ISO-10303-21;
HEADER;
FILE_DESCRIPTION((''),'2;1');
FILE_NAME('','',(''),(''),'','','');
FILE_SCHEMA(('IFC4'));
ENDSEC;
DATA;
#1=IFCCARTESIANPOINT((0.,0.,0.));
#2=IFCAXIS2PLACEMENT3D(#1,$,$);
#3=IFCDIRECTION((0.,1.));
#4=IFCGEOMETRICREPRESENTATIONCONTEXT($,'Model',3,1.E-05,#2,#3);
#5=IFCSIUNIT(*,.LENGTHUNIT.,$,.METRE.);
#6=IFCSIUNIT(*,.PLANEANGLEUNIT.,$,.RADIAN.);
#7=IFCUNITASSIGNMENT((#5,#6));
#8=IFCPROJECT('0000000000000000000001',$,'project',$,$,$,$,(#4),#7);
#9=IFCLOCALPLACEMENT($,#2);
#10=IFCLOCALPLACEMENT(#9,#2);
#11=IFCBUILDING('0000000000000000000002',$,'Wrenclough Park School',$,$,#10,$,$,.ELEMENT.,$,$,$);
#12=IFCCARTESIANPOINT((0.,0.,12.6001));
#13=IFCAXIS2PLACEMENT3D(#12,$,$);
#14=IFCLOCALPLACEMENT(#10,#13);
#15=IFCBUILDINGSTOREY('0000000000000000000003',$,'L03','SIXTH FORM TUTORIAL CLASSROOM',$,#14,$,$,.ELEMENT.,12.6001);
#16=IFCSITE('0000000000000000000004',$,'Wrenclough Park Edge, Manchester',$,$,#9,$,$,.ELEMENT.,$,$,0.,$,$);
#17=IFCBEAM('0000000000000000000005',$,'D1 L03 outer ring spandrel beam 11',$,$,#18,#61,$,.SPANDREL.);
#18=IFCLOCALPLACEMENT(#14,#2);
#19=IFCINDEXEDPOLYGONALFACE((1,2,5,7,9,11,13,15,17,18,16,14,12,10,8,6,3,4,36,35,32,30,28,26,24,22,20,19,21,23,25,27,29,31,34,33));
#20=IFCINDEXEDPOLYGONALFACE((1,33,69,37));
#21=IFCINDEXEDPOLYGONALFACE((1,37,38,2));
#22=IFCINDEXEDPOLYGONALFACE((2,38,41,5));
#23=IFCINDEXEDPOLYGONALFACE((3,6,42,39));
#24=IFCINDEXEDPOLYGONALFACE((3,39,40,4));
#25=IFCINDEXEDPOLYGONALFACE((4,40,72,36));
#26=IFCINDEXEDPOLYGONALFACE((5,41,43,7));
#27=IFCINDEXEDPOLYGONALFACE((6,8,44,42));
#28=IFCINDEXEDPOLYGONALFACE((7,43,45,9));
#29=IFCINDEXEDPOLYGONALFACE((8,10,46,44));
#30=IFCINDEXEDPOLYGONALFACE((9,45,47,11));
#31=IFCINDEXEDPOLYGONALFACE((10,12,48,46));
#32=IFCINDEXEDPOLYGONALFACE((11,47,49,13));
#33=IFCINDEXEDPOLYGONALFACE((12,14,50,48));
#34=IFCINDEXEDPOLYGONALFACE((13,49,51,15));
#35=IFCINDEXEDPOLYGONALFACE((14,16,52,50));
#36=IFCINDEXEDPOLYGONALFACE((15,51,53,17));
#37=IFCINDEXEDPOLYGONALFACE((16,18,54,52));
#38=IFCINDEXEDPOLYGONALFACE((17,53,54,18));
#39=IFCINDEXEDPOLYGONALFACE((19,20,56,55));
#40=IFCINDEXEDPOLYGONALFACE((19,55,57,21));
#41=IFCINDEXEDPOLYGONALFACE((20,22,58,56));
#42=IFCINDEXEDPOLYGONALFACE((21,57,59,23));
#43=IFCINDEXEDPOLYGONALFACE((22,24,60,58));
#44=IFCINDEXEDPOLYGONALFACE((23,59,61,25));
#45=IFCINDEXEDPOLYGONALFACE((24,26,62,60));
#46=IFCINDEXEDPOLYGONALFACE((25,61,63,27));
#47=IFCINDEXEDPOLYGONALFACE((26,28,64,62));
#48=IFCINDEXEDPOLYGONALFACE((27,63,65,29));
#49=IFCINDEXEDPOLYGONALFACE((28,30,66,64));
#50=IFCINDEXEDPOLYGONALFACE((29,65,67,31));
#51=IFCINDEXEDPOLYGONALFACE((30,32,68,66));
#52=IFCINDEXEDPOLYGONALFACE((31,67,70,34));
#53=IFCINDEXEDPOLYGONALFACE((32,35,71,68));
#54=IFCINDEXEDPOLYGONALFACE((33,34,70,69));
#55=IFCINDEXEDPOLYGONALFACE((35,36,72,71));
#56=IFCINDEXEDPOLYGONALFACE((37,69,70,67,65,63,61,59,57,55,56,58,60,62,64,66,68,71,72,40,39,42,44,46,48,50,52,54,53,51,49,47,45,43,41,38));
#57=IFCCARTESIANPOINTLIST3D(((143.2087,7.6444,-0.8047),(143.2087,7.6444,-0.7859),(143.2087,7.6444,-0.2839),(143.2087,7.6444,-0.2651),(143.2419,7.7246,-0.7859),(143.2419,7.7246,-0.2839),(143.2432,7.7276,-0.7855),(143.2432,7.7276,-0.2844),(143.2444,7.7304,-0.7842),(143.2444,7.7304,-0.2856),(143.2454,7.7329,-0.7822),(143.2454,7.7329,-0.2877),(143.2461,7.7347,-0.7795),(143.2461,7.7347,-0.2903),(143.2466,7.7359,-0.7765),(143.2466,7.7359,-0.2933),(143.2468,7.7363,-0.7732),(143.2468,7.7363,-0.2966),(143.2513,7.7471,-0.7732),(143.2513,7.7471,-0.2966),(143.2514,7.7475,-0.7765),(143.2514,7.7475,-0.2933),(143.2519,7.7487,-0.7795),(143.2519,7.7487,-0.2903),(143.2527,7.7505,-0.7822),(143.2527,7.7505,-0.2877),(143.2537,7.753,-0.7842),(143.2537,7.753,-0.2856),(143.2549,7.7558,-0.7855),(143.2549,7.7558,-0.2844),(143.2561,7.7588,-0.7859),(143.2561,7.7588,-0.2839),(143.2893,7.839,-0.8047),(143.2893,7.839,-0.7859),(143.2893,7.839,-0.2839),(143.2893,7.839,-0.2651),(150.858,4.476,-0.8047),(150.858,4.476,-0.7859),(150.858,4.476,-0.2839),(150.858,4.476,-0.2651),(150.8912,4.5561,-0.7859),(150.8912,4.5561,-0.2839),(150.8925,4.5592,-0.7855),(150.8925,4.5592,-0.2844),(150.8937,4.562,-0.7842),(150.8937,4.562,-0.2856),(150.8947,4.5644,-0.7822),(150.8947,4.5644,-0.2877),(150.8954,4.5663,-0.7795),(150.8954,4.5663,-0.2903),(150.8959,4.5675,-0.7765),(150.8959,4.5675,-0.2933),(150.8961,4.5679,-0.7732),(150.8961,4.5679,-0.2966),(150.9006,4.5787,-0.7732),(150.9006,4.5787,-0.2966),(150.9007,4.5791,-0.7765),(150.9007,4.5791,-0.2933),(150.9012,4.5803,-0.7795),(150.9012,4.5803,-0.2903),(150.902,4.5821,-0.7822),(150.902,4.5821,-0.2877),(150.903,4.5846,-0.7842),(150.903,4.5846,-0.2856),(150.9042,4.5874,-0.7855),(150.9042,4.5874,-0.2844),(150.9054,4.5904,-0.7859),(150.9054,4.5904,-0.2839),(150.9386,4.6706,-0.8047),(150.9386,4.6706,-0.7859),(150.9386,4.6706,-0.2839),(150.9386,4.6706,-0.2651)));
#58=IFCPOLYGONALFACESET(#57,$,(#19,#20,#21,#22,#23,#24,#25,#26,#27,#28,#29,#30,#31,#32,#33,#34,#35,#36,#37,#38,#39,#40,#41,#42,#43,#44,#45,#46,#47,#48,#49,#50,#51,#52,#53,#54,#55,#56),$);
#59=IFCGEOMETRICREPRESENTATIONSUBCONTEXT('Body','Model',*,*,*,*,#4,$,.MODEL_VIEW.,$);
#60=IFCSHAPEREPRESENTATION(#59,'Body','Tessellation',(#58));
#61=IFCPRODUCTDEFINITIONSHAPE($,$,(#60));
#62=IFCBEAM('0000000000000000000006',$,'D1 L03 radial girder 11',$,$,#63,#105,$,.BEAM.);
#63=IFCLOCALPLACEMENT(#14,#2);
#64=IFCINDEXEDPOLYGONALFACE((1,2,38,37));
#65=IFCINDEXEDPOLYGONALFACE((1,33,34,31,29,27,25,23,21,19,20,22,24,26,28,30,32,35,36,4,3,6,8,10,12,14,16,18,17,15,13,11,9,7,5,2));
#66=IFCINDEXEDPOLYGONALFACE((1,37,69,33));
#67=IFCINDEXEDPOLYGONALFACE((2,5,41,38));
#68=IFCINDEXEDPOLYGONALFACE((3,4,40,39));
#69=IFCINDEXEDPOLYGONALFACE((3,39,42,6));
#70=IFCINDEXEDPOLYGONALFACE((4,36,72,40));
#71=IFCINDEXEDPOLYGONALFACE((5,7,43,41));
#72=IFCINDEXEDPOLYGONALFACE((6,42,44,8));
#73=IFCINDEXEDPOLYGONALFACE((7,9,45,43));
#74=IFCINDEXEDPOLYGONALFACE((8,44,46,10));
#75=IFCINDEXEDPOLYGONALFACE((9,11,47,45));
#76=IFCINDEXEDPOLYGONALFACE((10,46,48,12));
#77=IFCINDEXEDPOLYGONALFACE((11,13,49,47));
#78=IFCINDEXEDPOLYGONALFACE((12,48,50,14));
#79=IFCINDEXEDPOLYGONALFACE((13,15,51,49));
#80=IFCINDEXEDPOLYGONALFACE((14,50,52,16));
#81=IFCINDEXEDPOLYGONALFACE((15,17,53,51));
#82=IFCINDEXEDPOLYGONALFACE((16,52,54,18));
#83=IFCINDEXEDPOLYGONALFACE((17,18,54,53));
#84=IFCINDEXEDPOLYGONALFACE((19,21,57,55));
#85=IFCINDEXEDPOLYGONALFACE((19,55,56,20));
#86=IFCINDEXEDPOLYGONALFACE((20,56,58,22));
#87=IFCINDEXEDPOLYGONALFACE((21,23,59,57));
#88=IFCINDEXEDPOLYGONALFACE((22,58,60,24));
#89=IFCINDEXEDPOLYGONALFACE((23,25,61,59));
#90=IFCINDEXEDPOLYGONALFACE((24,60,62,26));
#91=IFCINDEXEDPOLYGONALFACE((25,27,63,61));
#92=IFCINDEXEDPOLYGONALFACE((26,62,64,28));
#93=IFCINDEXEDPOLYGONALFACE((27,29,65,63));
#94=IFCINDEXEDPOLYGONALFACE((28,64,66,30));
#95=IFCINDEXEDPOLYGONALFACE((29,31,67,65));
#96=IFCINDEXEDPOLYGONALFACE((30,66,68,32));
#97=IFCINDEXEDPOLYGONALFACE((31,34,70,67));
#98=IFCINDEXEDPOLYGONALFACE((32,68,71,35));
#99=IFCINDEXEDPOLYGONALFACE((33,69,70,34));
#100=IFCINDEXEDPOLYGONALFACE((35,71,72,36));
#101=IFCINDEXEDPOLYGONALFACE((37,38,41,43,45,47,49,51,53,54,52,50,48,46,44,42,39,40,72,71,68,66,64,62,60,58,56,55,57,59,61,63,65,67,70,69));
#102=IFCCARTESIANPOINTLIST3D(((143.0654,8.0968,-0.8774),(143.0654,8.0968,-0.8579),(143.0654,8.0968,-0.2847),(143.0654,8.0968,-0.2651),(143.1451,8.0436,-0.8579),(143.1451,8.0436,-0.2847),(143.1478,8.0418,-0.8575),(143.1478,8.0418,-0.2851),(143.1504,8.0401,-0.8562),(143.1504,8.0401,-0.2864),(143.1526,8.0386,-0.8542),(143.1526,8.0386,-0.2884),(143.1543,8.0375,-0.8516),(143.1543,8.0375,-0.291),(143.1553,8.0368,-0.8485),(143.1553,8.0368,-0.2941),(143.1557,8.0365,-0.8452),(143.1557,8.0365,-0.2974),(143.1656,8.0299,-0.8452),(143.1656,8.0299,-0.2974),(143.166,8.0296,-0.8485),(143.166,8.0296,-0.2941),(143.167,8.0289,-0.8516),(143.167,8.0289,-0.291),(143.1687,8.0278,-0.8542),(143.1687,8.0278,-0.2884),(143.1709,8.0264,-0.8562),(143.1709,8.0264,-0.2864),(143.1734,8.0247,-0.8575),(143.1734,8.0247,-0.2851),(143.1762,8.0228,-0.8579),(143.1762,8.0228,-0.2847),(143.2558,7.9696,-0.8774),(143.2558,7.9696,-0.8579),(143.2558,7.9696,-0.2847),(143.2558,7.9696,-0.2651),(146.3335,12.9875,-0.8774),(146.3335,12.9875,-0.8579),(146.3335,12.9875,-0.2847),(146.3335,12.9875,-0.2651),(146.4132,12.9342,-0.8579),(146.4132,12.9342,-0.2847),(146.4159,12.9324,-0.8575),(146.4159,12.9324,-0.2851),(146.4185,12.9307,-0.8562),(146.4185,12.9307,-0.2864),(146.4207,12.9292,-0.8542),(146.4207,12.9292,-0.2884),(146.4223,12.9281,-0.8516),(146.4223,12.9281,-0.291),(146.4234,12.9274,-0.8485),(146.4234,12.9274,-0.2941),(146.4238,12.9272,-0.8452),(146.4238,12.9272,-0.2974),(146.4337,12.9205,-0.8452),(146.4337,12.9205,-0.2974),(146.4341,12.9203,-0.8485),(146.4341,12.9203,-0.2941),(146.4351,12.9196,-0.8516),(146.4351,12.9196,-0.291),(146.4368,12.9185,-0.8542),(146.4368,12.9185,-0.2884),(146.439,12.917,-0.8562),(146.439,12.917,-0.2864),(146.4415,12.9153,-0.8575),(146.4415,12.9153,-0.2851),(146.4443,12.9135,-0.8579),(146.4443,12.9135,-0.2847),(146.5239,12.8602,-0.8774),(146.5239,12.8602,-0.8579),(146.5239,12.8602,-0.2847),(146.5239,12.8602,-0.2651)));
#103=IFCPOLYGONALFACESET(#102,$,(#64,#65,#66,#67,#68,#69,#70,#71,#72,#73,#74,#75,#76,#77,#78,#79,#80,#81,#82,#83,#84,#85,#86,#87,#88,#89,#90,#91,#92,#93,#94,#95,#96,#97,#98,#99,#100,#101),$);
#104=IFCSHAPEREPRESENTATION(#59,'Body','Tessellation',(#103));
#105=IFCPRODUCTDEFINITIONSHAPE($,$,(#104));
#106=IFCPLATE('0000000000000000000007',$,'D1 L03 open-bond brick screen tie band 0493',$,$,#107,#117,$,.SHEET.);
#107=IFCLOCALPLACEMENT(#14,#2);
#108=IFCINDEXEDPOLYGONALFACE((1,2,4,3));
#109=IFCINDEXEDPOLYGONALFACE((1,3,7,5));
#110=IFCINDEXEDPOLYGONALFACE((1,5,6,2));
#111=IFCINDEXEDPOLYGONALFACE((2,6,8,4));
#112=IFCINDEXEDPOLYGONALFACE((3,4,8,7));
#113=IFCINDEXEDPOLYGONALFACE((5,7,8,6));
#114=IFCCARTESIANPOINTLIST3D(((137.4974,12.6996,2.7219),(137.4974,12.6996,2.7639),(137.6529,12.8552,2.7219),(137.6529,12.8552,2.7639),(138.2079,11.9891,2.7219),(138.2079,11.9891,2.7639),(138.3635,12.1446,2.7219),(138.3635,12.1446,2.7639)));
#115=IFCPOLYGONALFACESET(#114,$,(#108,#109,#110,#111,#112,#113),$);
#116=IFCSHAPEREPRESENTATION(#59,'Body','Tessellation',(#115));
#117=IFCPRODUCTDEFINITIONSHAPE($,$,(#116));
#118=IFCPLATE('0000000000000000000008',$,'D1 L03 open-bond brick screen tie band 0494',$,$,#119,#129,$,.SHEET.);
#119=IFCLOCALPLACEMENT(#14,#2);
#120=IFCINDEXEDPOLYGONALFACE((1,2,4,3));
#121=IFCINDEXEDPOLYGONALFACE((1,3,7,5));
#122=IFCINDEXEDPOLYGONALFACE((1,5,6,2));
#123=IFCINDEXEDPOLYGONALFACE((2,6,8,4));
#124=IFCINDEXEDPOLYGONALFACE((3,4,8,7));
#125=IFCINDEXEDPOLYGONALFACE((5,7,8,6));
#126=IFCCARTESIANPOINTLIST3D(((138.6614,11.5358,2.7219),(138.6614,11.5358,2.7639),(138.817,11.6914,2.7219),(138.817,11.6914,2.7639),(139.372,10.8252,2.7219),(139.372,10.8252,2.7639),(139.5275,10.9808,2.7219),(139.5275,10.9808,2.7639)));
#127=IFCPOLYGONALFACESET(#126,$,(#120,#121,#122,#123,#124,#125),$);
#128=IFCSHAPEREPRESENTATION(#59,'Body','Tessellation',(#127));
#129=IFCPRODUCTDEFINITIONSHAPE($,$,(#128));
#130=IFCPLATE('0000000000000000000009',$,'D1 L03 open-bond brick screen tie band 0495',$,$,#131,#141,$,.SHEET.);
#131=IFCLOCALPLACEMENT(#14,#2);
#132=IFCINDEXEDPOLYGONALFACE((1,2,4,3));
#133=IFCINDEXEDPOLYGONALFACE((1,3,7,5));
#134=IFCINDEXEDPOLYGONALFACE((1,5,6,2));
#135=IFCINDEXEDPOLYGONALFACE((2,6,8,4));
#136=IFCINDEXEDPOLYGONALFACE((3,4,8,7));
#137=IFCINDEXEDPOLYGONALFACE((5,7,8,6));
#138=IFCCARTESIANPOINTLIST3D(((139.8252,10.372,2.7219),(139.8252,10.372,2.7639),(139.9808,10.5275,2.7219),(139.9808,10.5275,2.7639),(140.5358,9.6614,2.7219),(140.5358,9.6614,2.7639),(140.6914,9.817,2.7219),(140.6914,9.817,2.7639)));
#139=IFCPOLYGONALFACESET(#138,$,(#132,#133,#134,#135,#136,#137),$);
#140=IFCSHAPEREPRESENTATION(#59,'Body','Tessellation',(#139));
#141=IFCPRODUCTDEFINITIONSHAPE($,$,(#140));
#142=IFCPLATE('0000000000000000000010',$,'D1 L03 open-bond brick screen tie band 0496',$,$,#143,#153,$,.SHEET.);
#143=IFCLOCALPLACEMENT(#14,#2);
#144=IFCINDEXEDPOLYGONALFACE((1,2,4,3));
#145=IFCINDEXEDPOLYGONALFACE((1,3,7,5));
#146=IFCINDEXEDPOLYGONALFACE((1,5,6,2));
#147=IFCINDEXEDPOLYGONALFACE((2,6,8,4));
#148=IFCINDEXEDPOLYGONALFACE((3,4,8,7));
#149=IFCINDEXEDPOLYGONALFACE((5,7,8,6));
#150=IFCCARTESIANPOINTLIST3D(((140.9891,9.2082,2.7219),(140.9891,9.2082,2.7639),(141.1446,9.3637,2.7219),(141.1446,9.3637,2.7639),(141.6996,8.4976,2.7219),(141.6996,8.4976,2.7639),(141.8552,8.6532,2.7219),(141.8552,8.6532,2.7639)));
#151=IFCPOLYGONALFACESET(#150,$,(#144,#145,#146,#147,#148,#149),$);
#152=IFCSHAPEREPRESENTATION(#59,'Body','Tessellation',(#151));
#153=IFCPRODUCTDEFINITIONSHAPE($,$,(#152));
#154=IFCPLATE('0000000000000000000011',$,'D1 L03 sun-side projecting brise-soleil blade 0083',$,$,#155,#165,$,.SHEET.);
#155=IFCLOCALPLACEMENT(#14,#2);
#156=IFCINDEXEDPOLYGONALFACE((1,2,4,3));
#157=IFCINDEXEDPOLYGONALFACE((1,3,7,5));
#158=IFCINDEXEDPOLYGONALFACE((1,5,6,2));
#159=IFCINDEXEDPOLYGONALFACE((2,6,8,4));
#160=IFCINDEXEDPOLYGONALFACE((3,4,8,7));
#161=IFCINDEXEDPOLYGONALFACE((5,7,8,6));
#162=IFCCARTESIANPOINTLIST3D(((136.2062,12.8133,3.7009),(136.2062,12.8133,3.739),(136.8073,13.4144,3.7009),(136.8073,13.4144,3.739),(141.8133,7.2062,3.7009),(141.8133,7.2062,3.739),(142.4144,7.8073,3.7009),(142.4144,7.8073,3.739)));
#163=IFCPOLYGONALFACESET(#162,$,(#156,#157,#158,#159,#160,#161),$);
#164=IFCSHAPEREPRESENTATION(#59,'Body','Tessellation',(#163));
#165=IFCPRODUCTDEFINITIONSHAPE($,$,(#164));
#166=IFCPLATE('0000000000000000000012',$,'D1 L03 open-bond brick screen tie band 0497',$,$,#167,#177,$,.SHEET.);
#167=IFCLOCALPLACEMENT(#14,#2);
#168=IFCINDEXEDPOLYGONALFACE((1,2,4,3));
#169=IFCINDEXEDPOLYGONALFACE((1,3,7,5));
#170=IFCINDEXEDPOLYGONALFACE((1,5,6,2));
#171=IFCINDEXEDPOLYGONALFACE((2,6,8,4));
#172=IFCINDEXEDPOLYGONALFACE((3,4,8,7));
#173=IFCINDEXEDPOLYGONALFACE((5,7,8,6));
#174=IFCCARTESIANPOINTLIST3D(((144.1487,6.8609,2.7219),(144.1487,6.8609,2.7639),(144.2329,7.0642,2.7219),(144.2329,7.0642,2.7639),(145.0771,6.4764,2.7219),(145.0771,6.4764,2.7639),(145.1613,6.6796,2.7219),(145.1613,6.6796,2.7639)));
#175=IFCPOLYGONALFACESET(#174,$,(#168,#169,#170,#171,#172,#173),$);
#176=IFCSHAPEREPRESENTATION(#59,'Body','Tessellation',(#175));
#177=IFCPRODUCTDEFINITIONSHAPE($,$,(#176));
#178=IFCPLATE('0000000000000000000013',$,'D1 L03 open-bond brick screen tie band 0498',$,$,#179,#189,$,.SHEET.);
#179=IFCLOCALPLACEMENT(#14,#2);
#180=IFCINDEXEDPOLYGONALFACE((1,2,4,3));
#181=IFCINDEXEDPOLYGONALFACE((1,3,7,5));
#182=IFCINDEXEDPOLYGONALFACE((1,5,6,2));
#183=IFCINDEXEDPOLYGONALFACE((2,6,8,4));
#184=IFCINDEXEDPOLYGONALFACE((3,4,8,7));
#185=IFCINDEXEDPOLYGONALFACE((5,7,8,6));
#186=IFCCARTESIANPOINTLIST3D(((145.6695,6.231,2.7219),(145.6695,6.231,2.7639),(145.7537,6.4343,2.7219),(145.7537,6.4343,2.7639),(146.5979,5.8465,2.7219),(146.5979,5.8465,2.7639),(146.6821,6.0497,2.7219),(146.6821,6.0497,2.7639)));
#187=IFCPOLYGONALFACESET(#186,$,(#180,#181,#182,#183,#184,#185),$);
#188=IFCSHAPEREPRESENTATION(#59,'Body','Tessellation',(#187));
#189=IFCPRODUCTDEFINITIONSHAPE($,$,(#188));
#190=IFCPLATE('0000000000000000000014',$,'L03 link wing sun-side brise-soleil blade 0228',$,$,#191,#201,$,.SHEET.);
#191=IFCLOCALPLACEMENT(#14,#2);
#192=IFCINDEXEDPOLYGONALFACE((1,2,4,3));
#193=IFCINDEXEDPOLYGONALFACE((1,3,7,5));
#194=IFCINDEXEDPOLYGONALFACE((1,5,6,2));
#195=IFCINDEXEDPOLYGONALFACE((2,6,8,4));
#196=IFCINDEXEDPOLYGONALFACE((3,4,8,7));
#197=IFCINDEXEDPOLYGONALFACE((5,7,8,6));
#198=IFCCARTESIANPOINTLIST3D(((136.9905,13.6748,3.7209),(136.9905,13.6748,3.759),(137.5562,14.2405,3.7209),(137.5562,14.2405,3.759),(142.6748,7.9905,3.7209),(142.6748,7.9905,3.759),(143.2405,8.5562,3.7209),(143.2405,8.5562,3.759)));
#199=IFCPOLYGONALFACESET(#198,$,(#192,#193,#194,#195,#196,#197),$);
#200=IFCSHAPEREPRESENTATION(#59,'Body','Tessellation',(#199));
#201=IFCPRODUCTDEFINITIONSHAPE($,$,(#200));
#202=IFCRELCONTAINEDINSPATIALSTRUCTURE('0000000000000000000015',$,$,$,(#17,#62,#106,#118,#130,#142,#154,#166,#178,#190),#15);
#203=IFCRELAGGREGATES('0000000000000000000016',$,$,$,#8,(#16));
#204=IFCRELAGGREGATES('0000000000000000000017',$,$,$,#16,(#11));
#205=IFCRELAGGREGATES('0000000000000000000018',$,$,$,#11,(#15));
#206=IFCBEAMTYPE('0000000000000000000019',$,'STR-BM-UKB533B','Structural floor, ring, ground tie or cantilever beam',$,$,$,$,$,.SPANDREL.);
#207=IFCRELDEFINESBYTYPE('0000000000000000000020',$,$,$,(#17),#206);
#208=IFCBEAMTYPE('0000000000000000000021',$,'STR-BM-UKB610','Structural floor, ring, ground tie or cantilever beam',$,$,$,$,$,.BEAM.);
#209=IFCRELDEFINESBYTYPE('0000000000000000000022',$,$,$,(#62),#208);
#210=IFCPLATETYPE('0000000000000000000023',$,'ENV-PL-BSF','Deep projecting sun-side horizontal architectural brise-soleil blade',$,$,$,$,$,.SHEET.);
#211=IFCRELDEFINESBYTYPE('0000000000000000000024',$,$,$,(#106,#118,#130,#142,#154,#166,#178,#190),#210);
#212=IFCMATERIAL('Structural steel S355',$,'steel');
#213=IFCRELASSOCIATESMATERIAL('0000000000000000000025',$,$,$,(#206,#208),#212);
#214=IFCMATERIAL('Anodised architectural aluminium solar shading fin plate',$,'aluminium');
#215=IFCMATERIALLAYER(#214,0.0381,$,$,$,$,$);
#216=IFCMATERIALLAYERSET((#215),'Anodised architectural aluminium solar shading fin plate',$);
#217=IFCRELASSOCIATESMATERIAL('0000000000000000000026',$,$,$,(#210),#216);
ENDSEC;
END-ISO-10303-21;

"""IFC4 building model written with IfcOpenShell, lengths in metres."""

from ifc_helpers import new_model, si_unit, direction, frame, origin, origin_2d, place, context, subcontext, project, spatial, rectangle, i_section, extrude, material, layer, layer_set, material_profile, profile_set, type_object, element, save


model = new_model("IFC4")

# Units and contexts
model_context = context("Model", 3, precision=1e-05, world=origin(), true_north=direction((0.0, 1.0)))
body_context = subcontext(model_context, "Body", "Model", "MODEL_VIEW")
ifc_project = project(units=[si_unit("LENGTHUNIT", "METRE"), si_unit("PLANEANGLEUNIT", "RADIAN")], contexts=[model_context])

# Site, building, storey
site_placement = place(None, origin())
site = spatial("IfcSite", under=ifc_project, at=site_placement, Name="Wrenclough Park Edge, Manchester", CompositionType="ELEMENT", RefElevation=0.0)
building_placement = place(site_placement, origin())
building = spatial("IfcBuilding", under=site, at=building_placement, Name="Wrenclough Park School", CompositionType="ELEMENT")
storey_placement = place(building_placement, frame((0.0, 0.0, 12.6001)))
storey = spatial("IfcBuildingStorey", under=building, at=storey_placement, Name="L03", Description="SIXTH FORM TUTORIAL CLASSROOM", CompositionType="ELEMENT", Elevation=12.6001)

# Beams
ifc_material_1 = material(Name="Structural steel S355", Category="steel")
ifc_material_profile_1 = material_profile(ifc_material_1, i_section(OverallWidth=0.2107, OverallDepth=0.5396, WebThickness=0.0117, FlangeThickness=0.0188, FilletRadius=0.0127, at=origin_2d()), Name="UKB 533x210x109")
ifc_profile_set_1 = profile_set([ifc_material_profile_1], Name="Structural steel S355")
beam_type_1 = type_object("IfcBeamType", Name="STR-BM-UKB533B", Description="Structural floor, ring, ground tie or cantilever beam", PredefinedType="SPANDREL", material=ifc_profile_set_1)
beam_1_placement = place(storey_placement, frame((143.249, 7.7417, -0.5349), z_axis=(0.923881, -0.38268, 0.0), x_axis=(0.38268, 0.923881, 0.0)))
element("IfcBeam", 1, at=beam_1_placement, inside=storey, type_object=beam_type_1, Name="D1 L03 outer ring spandrel beam 11", PredefinedType="SPANDREL", context=body_context, shape_type="SweptSolid", body=[
    extrude(i_section(OverallWidth=0.2107, OverallDepth=0.5396, WebThickness=0.0117, FlangeThickness=0.0188, FilletRadius=0.0127, at=origin_2d()), origin(), (0.0, 0.0, 1.0), 8.2795),
])
ifc_material_profile_2 = material_profile(ifc_material_1, i_section(OverallWidth=0.229, OverallDepth=0.6123, WebThickness=0.012, FlangeThickness=0.0195, FilletRadius=0.0127, at=origin_2d()), Name="UKB 610x229x125")
ifc_profile_set_2 = profile_set([ifc_material_profile_2], Name="Structural steel S355")
beam_type_2 = type_object("IfcBeamType", Name="STR-BM-UKB610", Description="Structural floor, ring, ground tie or cantilever beam", PredefinedType="BEAM", material=ifc_profile_set_2)
beam_2_placement = place(storey_placement, frame((143.1606, 8.0332, -0.5713), z_axis=(0.5556, 0.83145, 0.0), x_axis=(-0.83145, 0.5556, 0.0)))
element("IfcBeam", 2, at=beam_2_placement, inside=storey, type_object=beam_type_2, Name="D1 L03 radial girder 11", PredefinedType="BEAM", context=body_context, shape_type="SweptSolid", body=[
    extrude(i_section(OverallWidth=0.229, OverallDepth=0.6123, WebThickness=0.012, FlangeThickness=0.0195, FilletRadius=0.0127, at=origin_2d()), origin(), (0.0, 0.0, 1.0), 5.8821),
])

# Plates
ifc_material_2 = material(Name="Anodised architectural aluminium solar shading fin plate", Category="aluminium")
ifc_layer_1 = layer(ifc_material_2, 0.0381)
ifc_layer_set_1 = layer_set([ifc_layer_1], Name="Anodised architectural aluminium solar shading fin plate")
plate_type = type_object("IfcPlateType", Name="ENV-PL-BSF", Description="Deep projecting sun-side horizontal architectural brise-soleil blade", PredefinedType="SHEET", material=ifc_layer_set_1)
for number, where, z_axis, x_axis, name in (
    (3, (137.9304, 12.4221, 2.7219), (0.0, 0.0, 1.0), (0.707107, -0.707107, 0.0), "D1 L03 open-bond brick screen tie band 0493"),
    (4, (139.0945, 11.2583, 2.7219), (0.0, 0.0, 1.0), (0.707107, -0.707107, 0.0), "D1 L03 open-bond brick screen tie band 0494"),
    (5, (140.2583, 10.0945, 2.7219), (0.0, 0.0, 1.0), (0.707107, -0.707107, 0.0), "D1 L03 open-bond brick screen tie band 0495"),
    (6, (141.4221, 8.9307, 2.7219), (0.0, 0.0, 1.0), (0.707107, -0.707107, 0.0), "D1 L03 open-bond brick screen tie band 0496"),
):
    element("IfcPlate", number, at=place(storey_placement, frame(where, z_axis=z_axis, x_axis=x_axis)), inside=storey, type_object=plate_type, Name=name, PredefinedType="SHEET", context=body_context, shape_type="SweptSolid", body=[
        extrude(rectangle(XDim=1.0049, YDim=0.22, at=origin_2d()), origin(), (0.0, 0.0, 1.0), 0.042),
    ])
plate_1_placement = place(storey_placement, frame((139.3103, 10.3103, 3.7009), z_axis=(0.0, 0.0, 1.0), x_axis=(0.707107, -0.707107, 0.0)))
element("IfcPlate", 7, at=plate_1_placement, inside=storey, type_object=plate_type, Name="D1 L03 sun-side projecting brise-soleil blade 0083", PredefinedType="SHEET", context=body_context, shape_type="SweptSolid", body=[
    extrude(rectangle(XDim=7.9297, YDim=0.8501, at=origin_2d()), origin(), (0.0, 0.0, 1.0), 0.0381),
])
for number, where, z_axis, x_axis, name in (
    (8, (144.655, 6.7703, 2.7219), (0.0, 0.0, 1.0), (0.923879, -0.382684, 0.0), "D1 L03 open-bond brick screen tie band 0497"),
    (9, (146.1758, 6.1404, 2.7219), (0.0, 0.0, 1.0), (0.923879, -0.382684, 0.0), "D1 L03 open-bond brick screen tie band 0498"),
):
    element("IfcPlate", number, at=place(storey_placement, frame(where, z_axis=z_axis, x_axis=x_axis)), inside=storey, type_object=plate_type, Name=name, PredefinedType="SHEET", context=body_context, shape_type="SweptSolid", body=[
        extrude(rectangle(XDim=1.0049, YDim=0.22, at=origin_2d()), origin(), (0.0, 0.0, 1.0), 0.042),
    ])
plate_2_placement = place(storey_placement, frame((140.1155, 11.1155, 3.7209), z_axis=(0.0, 0.0, 1.0), x_axis=(-0.707107, 0.707107, 0.0)))
element("IfcPlate", 10, at=plate_2_placement, inside=storey, type_object=plate_type, Name="L03 link wing sun-side brise-soleil blade 0228", PredefinedType="SHEET", context=body_context, shape_type="SweptSolid", body=[
    extrude(rectangle(XDim=8.0388, YDim=0.8, at=origin_2d()), origin(), (0.0, 0.0, 1.0), 0.0381),
])

save(model, "model.ifc")
